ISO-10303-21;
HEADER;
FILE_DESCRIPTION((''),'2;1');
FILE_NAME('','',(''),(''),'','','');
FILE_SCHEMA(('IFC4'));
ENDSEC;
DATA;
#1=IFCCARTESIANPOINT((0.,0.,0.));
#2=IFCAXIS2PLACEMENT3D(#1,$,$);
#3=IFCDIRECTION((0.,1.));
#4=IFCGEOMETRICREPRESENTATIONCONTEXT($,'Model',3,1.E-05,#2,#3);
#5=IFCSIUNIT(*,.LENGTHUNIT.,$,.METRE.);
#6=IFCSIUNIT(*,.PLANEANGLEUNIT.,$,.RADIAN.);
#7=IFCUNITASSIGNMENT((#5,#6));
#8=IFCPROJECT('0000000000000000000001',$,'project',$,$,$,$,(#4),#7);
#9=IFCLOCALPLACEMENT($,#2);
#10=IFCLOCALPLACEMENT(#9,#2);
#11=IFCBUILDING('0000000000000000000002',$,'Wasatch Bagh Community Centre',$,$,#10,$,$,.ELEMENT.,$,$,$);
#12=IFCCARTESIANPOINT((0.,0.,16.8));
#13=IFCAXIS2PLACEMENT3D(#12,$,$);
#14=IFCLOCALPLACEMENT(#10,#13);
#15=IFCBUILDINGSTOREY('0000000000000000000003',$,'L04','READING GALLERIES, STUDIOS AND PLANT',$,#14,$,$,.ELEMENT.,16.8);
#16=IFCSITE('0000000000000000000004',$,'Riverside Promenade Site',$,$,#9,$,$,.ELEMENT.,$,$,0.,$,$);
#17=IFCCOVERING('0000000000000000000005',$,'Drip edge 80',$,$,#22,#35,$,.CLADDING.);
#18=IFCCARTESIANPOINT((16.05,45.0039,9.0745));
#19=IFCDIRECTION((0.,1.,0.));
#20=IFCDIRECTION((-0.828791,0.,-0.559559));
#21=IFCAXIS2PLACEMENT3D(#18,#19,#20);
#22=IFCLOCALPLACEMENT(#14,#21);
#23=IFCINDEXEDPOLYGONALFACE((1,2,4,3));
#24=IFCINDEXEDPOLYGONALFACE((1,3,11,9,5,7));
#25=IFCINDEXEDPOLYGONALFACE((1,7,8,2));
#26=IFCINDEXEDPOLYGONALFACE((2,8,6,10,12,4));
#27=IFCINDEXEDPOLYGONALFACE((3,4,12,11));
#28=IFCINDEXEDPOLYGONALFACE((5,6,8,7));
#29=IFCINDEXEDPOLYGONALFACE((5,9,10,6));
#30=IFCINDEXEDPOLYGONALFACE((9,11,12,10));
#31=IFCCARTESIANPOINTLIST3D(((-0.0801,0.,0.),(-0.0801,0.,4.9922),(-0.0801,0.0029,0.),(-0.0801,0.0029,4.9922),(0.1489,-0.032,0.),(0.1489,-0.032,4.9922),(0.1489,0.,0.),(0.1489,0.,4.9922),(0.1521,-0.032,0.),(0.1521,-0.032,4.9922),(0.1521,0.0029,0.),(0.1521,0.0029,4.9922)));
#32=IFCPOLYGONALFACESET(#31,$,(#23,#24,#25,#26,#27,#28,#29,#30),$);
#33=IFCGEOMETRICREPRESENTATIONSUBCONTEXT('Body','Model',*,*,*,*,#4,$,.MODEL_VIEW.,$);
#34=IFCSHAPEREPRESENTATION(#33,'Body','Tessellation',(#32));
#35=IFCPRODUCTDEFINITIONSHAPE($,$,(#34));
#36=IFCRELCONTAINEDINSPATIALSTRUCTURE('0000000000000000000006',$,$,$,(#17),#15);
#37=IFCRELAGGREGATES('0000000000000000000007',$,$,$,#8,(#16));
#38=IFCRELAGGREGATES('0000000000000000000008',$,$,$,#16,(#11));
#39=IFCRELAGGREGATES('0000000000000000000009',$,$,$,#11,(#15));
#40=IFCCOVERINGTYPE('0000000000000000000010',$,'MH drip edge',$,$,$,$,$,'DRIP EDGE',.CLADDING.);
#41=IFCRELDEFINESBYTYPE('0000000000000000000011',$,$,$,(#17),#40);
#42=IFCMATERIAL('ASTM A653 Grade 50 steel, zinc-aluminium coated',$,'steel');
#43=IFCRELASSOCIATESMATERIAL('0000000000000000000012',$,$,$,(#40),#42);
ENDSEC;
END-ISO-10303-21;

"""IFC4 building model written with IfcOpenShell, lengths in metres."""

from ifc_helpers import new_model, si_unit, direction, frame, origin, place, context, subcontext, project, spatial, polyline, outline, extrude, material, material_profile, profile_set, type_object, element, save


model = new_model("IFC4")

# Units and contexts
model_context = context("Model", 3, precision=1e-05, world=origin(), true_north=direction((0.0, 1.0)))
body_context = subcontext(model_context, "Body", "Model", "MODEL_VIEW")
ifc_project = project(units=[si_unit("LENGTHUNIT", "METRE"), si_unit("PLANEANGLEUNIT", "RADIAN")], contexts=[model_context])

# Site, building, storey
site_placement = place(None, origin())
site = spatial("IfcSite", under=ifc_project, at=site_placement, Name="Riverside Promenade Site", CompositionType="ELEMENT", RefElevation=0.0)
building_placement = place(site_placement, origin())
building = spatial("IfcBuilding", under=site, at=building_placement, Name="Wasatch Bagh Community Centre", CompositionType="ELEMENT")
storey_placement = place(building_placement, frame((0.0, 0.0, 16.8)))
storey = spatial("IfcBuildingStorey", under=building, at=storey_placement, Name="L04", Description="READING GALLERIES, STUDIOS AND PLANT", CompositionType="ELEMENT", Elevation=16.8)

# Covering
ifc_material_1 = material(Name="ASTM A653 Grade 50 steel, zinc-aluminium coated", Category="steel")
ifc_material_profile_1 = material_profile(ifc_material_1, outline(polyline([(-0.0801, 0.0029), (0.1521, 0.0029), (0.1521, -0.032), (0.1489, -0.032), (0.1489, 0.0), (-0.0801, 0.0), (-0.0801, 0.0029)])), Name="DRIP EDGE")
ifc_profile_set_1 = profile_set([ifc_material_profile_1], Name="ASTM A653 Grade 50 steel, zinc-aluminium coated")
covering_type_1 = type_object("IfcCoveringType", Name="MH drip edge", ElementType="DRIP EDGE", PredefinedType="CLADDING", material=ifc_profile_set_1)
covering_1_placement = place(storey_placement, frame((16.05, 45.0039, 9.0745), z_axis=(0.0, 1.0, 0.0), x_axis=(-0.828791, 0.0, -0.559559)))
element("IfcCovering", 1, at=covering_1_placement, inside=storey, type_object=covering_type_1, Name="Drip edge 80", PredefinedType="CLADDING", context=body_context, shape_type="SweptSolid", body=[
    extrude(outline(polyline([(-0.0801, 0.0029), (0.1521, 0.0029), (0.1521, -0.032), (0.1489, -0.032), (0.1489, 0.0), (-0.0801, 0.0), (-0.0801, 0.0029)])), origin(), (0.0, 0.0, 1.0), 4.9922),
])

save(model, "model.ifc")
